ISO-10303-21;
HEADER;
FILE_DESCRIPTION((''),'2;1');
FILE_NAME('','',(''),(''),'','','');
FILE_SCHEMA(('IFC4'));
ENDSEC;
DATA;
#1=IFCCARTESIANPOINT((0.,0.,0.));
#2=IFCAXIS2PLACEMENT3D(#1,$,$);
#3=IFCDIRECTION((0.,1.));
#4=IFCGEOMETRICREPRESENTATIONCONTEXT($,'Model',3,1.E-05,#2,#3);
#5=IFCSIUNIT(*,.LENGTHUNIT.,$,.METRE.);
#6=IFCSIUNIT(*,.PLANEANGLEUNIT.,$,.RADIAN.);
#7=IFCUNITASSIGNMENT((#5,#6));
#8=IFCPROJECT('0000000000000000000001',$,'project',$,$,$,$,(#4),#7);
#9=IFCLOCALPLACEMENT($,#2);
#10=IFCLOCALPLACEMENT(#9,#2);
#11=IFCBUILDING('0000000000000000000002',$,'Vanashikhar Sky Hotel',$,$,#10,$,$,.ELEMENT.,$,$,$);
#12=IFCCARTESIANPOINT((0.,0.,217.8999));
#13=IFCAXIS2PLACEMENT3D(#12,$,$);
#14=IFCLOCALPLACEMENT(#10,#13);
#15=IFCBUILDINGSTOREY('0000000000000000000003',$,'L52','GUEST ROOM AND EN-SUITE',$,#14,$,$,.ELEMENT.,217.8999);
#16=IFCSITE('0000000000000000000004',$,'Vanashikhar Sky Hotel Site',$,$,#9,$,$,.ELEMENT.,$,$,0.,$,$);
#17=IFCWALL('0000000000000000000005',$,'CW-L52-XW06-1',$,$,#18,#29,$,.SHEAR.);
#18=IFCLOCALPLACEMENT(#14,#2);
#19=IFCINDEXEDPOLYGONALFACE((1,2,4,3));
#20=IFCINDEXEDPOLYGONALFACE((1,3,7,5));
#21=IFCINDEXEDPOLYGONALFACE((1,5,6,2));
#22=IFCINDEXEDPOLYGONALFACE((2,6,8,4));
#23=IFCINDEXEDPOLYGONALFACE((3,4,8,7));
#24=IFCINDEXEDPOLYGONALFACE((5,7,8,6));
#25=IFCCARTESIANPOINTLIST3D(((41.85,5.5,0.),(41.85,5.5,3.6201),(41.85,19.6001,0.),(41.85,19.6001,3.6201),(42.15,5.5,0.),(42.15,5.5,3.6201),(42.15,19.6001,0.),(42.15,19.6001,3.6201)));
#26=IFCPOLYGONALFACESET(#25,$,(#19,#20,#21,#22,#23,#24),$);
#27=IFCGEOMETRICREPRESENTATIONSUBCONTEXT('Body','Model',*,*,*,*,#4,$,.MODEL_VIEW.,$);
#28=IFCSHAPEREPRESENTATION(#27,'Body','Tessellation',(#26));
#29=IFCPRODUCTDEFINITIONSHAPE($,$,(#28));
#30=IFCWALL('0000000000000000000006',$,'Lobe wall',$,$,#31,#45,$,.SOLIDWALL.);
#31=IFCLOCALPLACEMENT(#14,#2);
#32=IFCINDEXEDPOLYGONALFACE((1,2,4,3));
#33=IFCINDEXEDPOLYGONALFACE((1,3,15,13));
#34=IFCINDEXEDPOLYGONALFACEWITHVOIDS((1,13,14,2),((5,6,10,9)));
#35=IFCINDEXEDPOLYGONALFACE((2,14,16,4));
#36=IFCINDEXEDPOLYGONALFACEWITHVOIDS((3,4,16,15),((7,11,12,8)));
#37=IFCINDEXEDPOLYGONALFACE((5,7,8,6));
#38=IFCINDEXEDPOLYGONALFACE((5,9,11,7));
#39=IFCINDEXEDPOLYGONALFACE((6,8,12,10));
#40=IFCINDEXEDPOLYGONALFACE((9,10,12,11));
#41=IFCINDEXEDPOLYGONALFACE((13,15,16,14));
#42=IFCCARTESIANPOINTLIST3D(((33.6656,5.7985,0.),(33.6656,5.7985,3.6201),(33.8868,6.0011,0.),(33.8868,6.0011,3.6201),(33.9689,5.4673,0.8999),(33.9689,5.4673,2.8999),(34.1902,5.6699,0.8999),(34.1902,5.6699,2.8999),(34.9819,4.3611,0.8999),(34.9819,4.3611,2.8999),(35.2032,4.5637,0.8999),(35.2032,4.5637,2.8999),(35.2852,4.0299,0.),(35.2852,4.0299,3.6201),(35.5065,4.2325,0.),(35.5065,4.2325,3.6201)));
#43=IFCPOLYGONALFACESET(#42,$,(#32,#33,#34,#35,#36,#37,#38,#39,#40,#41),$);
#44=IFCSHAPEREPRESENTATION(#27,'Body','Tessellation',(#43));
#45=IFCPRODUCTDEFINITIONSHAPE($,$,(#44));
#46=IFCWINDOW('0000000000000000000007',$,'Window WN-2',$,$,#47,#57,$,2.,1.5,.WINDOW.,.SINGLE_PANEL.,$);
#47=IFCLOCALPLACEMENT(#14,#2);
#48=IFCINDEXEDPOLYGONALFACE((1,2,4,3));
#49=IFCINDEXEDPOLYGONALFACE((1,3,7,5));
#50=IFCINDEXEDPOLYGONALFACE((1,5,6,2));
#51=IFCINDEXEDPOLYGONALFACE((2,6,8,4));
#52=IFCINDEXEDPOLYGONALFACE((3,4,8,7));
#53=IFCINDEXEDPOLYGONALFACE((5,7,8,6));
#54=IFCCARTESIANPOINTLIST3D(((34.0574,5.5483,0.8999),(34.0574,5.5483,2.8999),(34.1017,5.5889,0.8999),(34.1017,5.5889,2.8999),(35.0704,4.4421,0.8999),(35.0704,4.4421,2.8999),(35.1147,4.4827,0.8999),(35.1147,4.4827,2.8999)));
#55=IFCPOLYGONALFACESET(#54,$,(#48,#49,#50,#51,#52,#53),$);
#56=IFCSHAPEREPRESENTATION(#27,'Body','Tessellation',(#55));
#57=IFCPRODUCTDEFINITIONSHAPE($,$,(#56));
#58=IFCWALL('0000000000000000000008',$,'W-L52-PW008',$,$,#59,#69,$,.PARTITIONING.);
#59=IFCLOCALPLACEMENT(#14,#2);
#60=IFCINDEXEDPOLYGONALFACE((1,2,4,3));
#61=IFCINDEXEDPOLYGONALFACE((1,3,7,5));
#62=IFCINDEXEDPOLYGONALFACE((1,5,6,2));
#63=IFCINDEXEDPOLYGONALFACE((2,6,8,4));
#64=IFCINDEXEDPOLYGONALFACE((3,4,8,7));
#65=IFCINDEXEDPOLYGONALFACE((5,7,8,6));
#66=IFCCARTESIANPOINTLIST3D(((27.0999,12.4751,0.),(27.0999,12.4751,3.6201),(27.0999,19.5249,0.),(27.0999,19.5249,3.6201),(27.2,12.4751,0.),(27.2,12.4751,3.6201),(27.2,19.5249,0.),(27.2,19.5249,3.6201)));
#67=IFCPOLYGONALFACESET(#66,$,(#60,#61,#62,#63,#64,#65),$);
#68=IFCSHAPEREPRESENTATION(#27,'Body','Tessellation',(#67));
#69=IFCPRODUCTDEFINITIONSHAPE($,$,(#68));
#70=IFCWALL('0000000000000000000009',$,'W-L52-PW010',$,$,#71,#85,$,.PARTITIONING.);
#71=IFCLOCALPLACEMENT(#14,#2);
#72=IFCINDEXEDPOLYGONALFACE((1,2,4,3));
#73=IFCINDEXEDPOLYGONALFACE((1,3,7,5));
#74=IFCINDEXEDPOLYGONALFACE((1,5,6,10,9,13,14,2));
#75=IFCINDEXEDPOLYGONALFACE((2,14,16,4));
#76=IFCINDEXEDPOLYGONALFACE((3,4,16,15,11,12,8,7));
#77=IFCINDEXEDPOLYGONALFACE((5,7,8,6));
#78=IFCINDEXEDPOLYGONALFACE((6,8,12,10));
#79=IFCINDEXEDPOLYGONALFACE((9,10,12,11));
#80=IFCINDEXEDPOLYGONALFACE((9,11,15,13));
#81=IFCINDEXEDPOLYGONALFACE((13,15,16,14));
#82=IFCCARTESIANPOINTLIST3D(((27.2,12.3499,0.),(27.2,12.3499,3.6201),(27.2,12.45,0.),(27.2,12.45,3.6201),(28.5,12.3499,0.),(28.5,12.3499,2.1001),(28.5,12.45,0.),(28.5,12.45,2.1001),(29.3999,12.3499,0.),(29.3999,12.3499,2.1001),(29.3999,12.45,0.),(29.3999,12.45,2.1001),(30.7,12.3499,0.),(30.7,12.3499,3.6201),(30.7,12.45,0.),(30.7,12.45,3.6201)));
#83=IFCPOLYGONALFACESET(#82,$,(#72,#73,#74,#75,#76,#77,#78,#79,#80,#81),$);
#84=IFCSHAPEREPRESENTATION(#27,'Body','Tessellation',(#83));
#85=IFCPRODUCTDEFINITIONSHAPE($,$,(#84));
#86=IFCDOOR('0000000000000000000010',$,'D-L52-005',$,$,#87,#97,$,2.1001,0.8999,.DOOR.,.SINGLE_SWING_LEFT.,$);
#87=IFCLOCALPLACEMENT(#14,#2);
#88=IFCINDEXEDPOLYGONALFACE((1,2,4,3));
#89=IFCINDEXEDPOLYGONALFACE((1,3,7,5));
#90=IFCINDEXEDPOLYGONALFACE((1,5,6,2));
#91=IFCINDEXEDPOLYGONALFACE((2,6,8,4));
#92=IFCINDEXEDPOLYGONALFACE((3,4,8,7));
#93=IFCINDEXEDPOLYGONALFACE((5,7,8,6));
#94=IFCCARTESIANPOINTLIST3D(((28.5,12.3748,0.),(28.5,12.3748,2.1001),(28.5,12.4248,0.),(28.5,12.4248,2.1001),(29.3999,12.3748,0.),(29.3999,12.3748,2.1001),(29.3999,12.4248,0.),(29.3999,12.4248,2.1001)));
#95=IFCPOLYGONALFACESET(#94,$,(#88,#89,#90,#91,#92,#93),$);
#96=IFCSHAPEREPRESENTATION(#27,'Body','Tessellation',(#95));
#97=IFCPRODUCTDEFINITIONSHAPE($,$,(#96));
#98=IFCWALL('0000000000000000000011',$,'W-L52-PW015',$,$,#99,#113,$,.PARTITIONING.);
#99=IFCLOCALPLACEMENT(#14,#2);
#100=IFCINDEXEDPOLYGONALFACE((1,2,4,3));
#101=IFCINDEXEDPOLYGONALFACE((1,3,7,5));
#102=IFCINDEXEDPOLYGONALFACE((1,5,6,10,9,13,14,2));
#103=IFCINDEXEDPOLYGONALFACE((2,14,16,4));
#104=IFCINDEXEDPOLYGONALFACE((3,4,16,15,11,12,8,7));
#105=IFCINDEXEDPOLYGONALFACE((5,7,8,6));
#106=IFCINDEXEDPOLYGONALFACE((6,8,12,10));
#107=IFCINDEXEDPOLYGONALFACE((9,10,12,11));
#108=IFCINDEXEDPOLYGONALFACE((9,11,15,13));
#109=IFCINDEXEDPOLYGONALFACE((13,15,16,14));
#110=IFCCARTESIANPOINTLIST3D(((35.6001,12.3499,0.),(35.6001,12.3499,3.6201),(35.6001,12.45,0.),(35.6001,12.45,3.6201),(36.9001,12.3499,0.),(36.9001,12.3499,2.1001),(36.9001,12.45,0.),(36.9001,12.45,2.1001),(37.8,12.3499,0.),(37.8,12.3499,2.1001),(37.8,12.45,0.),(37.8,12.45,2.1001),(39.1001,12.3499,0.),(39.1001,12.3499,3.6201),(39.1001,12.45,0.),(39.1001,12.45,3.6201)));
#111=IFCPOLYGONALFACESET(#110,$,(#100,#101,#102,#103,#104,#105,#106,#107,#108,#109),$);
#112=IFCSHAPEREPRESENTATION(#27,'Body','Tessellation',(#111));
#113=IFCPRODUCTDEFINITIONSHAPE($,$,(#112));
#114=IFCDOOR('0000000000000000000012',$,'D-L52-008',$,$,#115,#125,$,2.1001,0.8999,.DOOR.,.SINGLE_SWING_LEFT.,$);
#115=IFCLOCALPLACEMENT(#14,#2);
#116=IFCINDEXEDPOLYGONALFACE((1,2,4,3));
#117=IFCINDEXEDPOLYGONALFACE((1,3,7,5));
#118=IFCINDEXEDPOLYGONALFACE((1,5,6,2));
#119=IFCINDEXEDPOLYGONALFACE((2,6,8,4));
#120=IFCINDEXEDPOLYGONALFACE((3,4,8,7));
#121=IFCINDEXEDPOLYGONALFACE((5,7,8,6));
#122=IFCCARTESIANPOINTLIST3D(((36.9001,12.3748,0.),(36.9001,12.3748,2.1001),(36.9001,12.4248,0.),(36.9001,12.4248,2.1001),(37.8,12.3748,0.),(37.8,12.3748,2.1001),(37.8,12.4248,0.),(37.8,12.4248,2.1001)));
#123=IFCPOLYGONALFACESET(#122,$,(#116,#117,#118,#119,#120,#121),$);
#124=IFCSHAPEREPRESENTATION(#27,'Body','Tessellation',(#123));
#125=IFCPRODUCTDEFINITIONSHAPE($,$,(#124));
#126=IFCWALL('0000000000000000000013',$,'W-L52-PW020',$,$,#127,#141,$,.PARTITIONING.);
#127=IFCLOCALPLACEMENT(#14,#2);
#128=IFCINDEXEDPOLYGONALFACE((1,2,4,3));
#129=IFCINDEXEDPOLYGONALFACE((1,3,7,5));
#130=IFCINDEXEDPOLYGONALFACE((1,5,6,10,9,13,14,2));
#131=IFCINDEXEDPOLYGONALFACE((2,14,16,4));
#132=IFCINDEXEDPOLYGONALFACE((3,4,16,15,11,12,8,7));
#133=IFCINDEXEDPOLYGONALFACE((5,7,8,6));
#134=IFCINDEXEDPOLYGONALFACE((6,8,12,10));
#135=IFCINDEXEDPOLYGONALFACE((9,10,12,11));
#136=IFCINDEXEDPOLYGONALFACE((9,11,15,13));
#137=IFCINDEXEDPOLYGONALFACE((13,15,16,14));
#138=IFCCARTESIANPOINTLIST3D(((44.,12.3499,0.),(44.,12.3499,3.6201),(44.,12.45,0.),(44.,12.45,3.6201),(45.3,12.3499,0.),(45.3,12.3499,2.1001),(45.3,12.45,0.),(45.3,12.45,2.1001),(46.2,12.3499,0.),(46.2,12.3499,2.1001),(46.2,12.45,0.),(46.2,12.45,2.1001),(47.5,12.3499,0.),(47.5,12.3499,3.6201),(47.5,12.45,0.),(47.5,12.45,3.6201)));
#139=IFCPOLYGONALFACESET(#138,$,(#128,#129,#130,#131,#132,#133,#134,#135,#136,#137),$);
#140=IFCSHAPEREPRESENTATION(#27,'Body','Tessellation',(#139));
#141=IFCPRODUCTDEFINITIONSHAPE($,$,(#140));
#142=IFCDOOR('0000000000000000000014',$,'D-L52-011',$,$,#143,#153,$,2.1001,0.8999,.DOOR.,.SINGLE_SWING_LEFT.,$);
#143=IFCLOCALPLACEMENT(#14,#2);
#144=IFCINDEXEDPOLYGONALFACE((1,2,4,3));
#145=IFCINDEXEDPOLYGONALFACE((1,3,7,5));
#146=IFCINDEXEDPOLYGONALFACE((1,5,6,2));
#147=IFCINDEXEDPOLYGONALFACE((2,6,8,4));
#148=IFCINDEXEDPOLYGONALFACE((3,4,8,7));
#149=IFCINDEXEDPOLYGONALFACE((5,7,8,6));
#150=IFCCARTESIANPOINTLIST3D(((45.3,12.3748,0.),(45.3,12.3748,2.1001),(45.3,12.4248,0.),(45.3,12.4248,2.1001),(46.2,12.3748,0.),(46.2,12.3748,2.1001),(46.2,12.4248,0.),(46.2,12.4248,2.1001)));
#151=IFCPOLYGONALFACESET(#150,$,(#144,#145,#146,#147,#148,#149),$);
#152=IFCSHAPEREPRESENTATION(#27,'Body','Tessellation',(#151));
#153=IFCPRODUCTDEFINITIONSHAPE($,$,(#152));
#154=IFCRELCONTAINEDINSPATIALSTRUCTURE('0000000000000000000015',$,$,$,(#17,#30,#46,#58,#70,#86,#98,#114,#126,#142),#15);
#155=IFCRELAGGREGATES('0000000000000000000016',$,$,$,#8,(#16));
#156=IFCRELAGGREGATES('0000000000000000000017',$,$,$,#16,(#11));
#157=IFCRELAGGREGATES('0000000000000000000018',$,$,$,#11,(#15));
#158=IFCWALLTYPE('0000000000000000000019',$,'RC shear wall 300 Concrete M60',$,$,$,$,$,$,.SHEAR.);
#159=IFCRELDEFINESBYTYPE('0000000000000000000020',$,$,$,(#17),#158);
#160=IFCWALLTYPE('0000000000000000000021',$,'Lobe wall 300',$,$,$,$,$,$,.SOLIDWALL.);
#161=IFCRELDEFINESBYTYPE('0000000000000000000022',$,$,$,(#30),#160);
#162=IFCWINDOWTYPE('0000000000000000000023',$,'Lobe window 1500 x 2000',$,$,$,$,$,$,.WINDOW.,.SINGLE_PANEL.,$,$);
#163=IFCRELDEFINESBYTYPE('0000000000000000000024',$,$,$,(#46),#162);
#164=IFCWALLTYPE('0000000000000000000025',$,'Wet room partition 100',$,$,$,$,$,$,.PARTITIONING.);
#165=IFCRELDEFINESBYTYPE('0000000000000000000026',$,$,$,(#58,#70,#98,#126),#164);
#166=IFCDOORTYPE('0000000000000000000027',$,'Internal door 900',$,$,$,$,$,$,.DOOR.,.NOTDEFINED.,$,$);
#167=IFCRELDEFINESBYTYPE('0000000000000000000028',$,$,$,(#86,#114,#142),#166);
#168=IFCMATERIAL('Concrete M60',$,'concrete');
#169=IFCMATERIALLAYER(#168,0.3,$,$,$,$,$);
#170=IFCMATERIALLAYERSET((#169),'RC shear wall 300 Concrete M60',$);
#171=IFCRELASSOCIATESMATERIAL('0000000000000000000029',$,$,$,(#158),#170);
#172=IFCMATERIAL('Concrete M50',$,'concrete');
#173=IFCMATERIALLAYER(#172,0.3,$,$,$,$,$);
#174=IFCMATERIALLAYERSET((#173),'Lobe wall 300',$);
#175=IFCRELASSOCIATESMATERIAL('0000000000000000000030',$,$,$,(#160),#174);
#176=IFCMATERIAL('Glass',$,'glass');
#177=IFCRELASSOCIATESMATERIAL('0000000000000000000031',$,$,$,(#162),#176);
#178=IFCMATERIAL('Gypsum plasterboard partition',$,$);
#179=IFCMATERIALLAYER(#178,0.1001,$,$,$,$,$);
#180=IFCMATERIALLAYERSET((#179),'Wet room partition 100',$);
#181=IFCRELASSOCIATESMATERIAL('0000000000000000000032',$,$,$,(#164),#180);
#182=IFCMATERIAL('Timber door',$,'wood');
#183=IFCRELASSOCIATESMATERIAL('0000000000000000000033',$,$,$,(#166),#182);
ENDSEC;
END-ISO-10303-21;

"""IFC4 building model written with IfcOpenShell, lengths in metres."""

from ifc_helpers import new_model, si_unit, direction, frame, frame_2d, origin, place, context, subcontext, project, spatial, rectangle, extrude, source, transform, mapped, material, layer, layer_set, type_object, element, fill, save


model = new_model("IFC4")

# Units and contexts
model_context = context("Model", 3, precision=1e-05, world=origin(), true_north=direction((0.0, 1.0)))
body_context = subcontext(model_context, "Body", "Model", "MODEL_VIEW")
ifc_project = project(units=[si_unit("LENGTHUNIT", "METRE"), si_unit("PLANEANGLEUNIT", "RADIAN")], contexts=[model_context])

# Site, building, storey
site_placement = place(None, origin())
site = spatial("IfcSite", under=ifc_project, at=site_placement, Name="Vanashikhar Sky Hotel Site", CompositionType="ELEMENT", RefElevation=0.0)
building_placement = place(site_placement, origin())
building = spatial("IfcBuilding", under=site, at=building_placement, Name="Vanashikhar Sky Hotel", CompositionType="ELEMENT")
storey_placement = place(building_placement, frame((0.0, 0.0, 217.8999)))
storey = spatial("IfcBuildingStorey", under=building, at=storey_placement, Name="L52", Description="GUEST ROOM AND EN-SUITE", CompositionType="ELEMENT", Elevation=217.8999)

# Wall
ifc_material_1 = material(Name="Concrete M60", Category="concrete")
ifc_layer_1 = layer(ifc_material_1, 0.3)
ifc_layer_set_1 = layer_set([ifc_layer_1], Name="RC shear wall 300 Concrete M60")
wall_type_1 = type_object("IfcWallType", Name="RC shear wall 300 Concrete M60", PredefinedType="SHEAR", material=ifc_layer_set_1)
shared_shape_1 = source(origin(), body_context, "Body", "SweptSolid", [
    extrude(rectangle(XDim=14.1001, YDim=0.3, at=frame_2d((7.05, 0.0))), origin(), (0.0, 0.0, 1.0), 3.6201),
])
wall_1_placement = place(storey_placement, frame((42.0, 5.5, 0.0), z_axis=(0.0, 0.0, 1.0), x_axis=(0.0, 1.0, 0.0)))
element("IfcWall", 1, at=wall_1_placement, inside=storey, type_object=wall_type_1, Name="CW-L52-XW06-1", PredefinedType="SHEAR", context=body_context, shape_type="MappedRepresentation", body=[
    mapped(shared_shape_1, transform((0.0, 0.0, 0.0), scale=1.0)),
])

# Wall, opening, window
ifc_material_2 = material(Name="Concrete M50", Category="concrete")
ifc_layer_2 = layer(ifc_material_2, 0.3)
ifc_layer_set_2 = layer_set([ifc_layer_2], Name="Lobe wall 300")
wall_type_2 = type_object("IfcWallType", Name="Lobe wall 300", PredefinedType="SOLIDWALL", material=ifc_layer_set_2)
shared_shape_2 = source(origin(), body_context, "Body", "SweptSolid", [
    extrude(rectangle(XDim=2.3982, YDim=0.3, at=frame_2d((1.1992, 0.0))), origin(), (0.0, 0.0, 1.0), 3.6201),
])
wall_2_placement = place(storey_placement, frame((33.7761, 5.8999, 0.0), z_axis=(0.0, 0.0, 1.0), x_axis=(0.675374, -0.737475, 0.0)))
wall_2 = element("IfcWall", 2, at=wall_2_placement, inside=storey, type_object=wall_type_2, Name="Lobe wall", PredefinedType="SOLIDWALL", context=body_context, shape_type="MappedRepresentation", body=[
    mapped(shared_shape_2, transform((0.0, 0.0, 0.0), scale=1.0)),
])
shared_shape_3 = source(origin(), body_context, "Body", "SweptSolid", [
    extrude(rectangle(XDim=1.5, YDim=2.0, at=frame_2d((0.75, 1.0))), frame((0.0, 0.1602, 0.0), z_axis=(0.0, -1.0, 0.0), x_axis=(1.0, 0.0, 0.0)), (0.0, 0.0, 1.0), 0.3201),
])
opening_1_placement = place(wall_2_placement, frame((0.4492, 0.0, 0.8999)))
opening_1 = element("IfcOpeningElement", 3, at=opening_1_placement, cuts=wall_2, PredefinedType="OPENING", context=body_context, shape_type="MappedRepresentation", body=[
    mapped(shared_shape_3, transform((0.0, 0.0, 0.0), scale=1.0)),
])
ifc_material_3 = material(Name="Glass", Category="glass")
window_type = type_object("IfcWindowType", Name="Lobe window 1500 x 2000", PartitioningType="SINGLE_PANEL", PredefinedType="WINDOW", material=ifc_material_3)
shared_shape_4 = source(origin(), body_context, "Body", "SweptSolid", [
    extrude(rectangle(XDim=1.5, YDim=2.0, at=frame_2d((0.75, 1.0))), frame((0.0, 0.03, 0.0), z_axis=(0.0, -1.0, 0.0), x_axis=(1.0, 0.0, 0.0)), (0.0, 0.0, 1.0), 0.0601),
])
window_placement = place(opening_1_placement, origin())
window = element("IfcWindow", 4, at=window_placement, inside=storey, type_object=window_type, Name="Window WN-2", OverallHeight=2.0, OverallWidth=1.5, PartitioningType="SINGLE_PANEL", PredefinedType="WINDOW", context=body_context, shape_type="MappedRepresentation", body=[
    mapped(shared_shape_4, transform((0.0, 0.0, 0.0), scale=1.0)),
])
fill(opening_1, window)

# Wall
ifc_material_4 = material(Name="Gypsum plasterboard partition")
ifc_layer_3 = layer(ifc_material_4, 0.1001)
ifc_layer_set_3 = layer_set([ifc_layer_3], Name="Wet room partition 100")
wall_type_3 = type_object("IfcWallType", Name="Wet room partition 100", PredefinedType="PARTITIONING", material=ifc_layer_set_3)
shared_shape_5 = source(origin(), body_context, "Body", "SweptSolid", [
    extrude(rectangle(XDim=7.0498, YDim=0.1001, at=frame_2d((3.5249, 0.0))), origin(), (0.0, 0.0, 1.0), 3.6201),
])
wall_3_placement = place(storey_placement, frame((27.1499, 12.4751, 0.0), z_axis=(0.0, 0.0, 1.0), x_axis=(0.0, 1.0, 0.0)))
element("IfcWall", 5, at=wall_3_placement, inside=storey, type_object=wall_type_3, Name="W-L52-PW008", PredefinedType="PARTITIONING", context=body_context, shape_type="MappedRepresentation", body=[
    mapped(shared_shape_5, transform((0.0, 0.0, 0.0), scale=1.0)),
])

# Walls, openings, doors
shared_shape_6 = source(origin(), body_context, "Body", "SweptSolid", [
    extrude(rectangle(XDim=3.5, YDim=0.1001, at=frame_2d((1.75, 0.0))), origin(), (0.0, 0.0, 1.0), 3.6201),
])
wall_4_placement = place(storey_placement, frame((27.2, 12.3999, 0.0), z_axis=(0.0, 0.0, 1.0), x_axis=(1.0, 0.0, 0.0)))
wall_4 = element("IfcWall", 6, at=wall_4_placement, inside=storey, type_object=wall_type_3, Name="W-L52-PW010", PredefinedType="PARTITIONING", context=body_context, shape_type="MappedRepresentation", body=[
    mapped(shared_shape_6, transform((0.0, 0.0, 0.0), scale=1.0)),
])
shared_shape_7 = source(origin(), body_context, "Body", "SweptSolid", [
    extrude(rectangle(XDim=0.8999, YDim=2.1001, at=frame_2d((0.45, 1.05))), frame((0.0, 0.0601, 0.0), z_axis=(0.0, -1.0, 0.0), x_axis=(1.0, 0.0, 0.0)), (0.0, 0.0, 1.0), 0.1201),
])
opening_2_placement = place(wall_4_placement, frame((1.3, 0.0, 0.0)))
opening_2 = element("IfcOpeningElement", 7, at=opening_2_placement, cuts=wall_4, PredefinedType="OPENING", context=body_context, shape_type="MappedRepresentation", body=[
    mapped(shared_shape_7, transform((0.0, 0.0, 0.0), scale=1.0)),
])
ifc_material_5 = material(Name="Timber door", Category="wood")
door_type_1 = type_object("IfcDoorType", Name="Internal door 900", OperationType="NOTDEFINED", PredefinedType="DOOR", material=ifc_material_5)
shared_shape_8 = source(origin(), body_context, "Body", "SweptSolid", [
    extrude(rectangle(XDim=0.8999, YDim=2.1001, at=frame_2d((0.45, 1.05))), frame((0.0, 0.0249, 0.0), z_axis=(0.0, -1.0, 0.0), x_axis=(1.0, 0.0, 0.0)), (0.0, 0.0, 1.0), 0.05),
])
door_1_placement = place(opening_2_placement, origin())
door_1 = element("IfcDoor", 8, at=door_1_placement, inside=storey, type_object=door_type_1, Name="D-L52-005", OperationType="SINGLE_SWING_LEFT", OverallHeight=2.1001, OverallWidth=0.8999, PredefinedType="DOOR", context=body_context, shape_type="MappedRepresentation", body=[
    mapped(shared_shape_8, transform((0.0, 0.0, 0.0), scale=1.0)),
])
fill(opening_2, door_1)
wall_5_placement = place(storey_placement, frame((35.6001, 12.3999, 0.0), z_axis=(0.0, 0.0, 1.0), x_axis=(1.0, 0.0, 0.0)))
wall_5 = element("IfcWall", 9, at=wall_5_placement, inside=storey, type_object=wall_type_3, Name="W-L52-PW015", PredefinedType="PARTITIONING", context=body_context, shape_type="MappedRepresentation", body=[
    mapped(shared_shape_6, transform((0.0, 0.0, 0.0), scale=1.0)),
])
opening_3_placement = place(wall_5_placement, frame((1.3, 0.0, 0.0)))
opening_3 = element("IfcOpeningElement", 10, at=opening_3_placement, cuts=wall_5, PredefinedType="OPENING", context=body_context, shape_type="MappedRepresentation", body=[
    mapped(shared_shape_7, transform((0.0, 0.0, 0.0), scale=1.0)),
])
door_2_placement = place(opening_3_placement, origin())
door_2 = element("IfcDoor", 11, at=door_2_placement, inside=storey, type_object=door_type_1, Name="D-L52-008", OperationType="SINGLE_SWING_LEFT", OverallHeight=2.1001, OverallWidth=0.8999, PredefinedType="DOOR", context=body_context, shape_type="MappedRepresentation", body=[
    mapped(shared_shape_8, transform((0.0, 0.0, 0.0), scale=1.0)),
])
fill(opening_3, door_2)
wall_6_placement = place(storey_placement, frame((44.0, 12.3999, 0.0), z_axis=(0.0, 0.0, 1.0), x_axis=(1.0, 0.0, 0.0)))
wall_6 = element("IfcWall", 12, at=wall_6_placement, inside=storey, type_object=wall_type_3, Name="W-L52-PW020", PredefinedType="PARTITIONING", context=body_context, shape_type="MappedRepresentation", body=[
    mapped(shared_shape_6, transform((0.0, 0.0, 0.0), scale=1.0)),
])
opening_4_placement = place(wall_6_placement, frame((1.3, 0.0, 0.0)))
opening_4 = element("IfcOpeningElement", 13, at=opening_4_placement, cuts=wall_6, PredefinedType="OPENING", context=body_context, shape_type="MappedRepresentation", body=[
    mapped(shared_shape_7, transform((0.0, 0.0, 0.0), scale=1.0)),
])
door_3_placement = place(opening_4_placement, origin())
door_3 = element("IfcDoor", 14, at=door_3_placement, inside=storey, type_object=door_type_1, Name="D-L52-011", OperationType="SINGLE_SWING_LEFT", OverallHeight=2.1001, OverallWidth=0.8999, PredefinedType="DOOR", context=body_context, shape_type="MappedRepresentation", body=[
    mapped(shared_shape_8, transform((0.0, 0.0, 0.0), scale=1.0)),
])
fill(opening_4, door_3)

save(model, "model.ifc")
